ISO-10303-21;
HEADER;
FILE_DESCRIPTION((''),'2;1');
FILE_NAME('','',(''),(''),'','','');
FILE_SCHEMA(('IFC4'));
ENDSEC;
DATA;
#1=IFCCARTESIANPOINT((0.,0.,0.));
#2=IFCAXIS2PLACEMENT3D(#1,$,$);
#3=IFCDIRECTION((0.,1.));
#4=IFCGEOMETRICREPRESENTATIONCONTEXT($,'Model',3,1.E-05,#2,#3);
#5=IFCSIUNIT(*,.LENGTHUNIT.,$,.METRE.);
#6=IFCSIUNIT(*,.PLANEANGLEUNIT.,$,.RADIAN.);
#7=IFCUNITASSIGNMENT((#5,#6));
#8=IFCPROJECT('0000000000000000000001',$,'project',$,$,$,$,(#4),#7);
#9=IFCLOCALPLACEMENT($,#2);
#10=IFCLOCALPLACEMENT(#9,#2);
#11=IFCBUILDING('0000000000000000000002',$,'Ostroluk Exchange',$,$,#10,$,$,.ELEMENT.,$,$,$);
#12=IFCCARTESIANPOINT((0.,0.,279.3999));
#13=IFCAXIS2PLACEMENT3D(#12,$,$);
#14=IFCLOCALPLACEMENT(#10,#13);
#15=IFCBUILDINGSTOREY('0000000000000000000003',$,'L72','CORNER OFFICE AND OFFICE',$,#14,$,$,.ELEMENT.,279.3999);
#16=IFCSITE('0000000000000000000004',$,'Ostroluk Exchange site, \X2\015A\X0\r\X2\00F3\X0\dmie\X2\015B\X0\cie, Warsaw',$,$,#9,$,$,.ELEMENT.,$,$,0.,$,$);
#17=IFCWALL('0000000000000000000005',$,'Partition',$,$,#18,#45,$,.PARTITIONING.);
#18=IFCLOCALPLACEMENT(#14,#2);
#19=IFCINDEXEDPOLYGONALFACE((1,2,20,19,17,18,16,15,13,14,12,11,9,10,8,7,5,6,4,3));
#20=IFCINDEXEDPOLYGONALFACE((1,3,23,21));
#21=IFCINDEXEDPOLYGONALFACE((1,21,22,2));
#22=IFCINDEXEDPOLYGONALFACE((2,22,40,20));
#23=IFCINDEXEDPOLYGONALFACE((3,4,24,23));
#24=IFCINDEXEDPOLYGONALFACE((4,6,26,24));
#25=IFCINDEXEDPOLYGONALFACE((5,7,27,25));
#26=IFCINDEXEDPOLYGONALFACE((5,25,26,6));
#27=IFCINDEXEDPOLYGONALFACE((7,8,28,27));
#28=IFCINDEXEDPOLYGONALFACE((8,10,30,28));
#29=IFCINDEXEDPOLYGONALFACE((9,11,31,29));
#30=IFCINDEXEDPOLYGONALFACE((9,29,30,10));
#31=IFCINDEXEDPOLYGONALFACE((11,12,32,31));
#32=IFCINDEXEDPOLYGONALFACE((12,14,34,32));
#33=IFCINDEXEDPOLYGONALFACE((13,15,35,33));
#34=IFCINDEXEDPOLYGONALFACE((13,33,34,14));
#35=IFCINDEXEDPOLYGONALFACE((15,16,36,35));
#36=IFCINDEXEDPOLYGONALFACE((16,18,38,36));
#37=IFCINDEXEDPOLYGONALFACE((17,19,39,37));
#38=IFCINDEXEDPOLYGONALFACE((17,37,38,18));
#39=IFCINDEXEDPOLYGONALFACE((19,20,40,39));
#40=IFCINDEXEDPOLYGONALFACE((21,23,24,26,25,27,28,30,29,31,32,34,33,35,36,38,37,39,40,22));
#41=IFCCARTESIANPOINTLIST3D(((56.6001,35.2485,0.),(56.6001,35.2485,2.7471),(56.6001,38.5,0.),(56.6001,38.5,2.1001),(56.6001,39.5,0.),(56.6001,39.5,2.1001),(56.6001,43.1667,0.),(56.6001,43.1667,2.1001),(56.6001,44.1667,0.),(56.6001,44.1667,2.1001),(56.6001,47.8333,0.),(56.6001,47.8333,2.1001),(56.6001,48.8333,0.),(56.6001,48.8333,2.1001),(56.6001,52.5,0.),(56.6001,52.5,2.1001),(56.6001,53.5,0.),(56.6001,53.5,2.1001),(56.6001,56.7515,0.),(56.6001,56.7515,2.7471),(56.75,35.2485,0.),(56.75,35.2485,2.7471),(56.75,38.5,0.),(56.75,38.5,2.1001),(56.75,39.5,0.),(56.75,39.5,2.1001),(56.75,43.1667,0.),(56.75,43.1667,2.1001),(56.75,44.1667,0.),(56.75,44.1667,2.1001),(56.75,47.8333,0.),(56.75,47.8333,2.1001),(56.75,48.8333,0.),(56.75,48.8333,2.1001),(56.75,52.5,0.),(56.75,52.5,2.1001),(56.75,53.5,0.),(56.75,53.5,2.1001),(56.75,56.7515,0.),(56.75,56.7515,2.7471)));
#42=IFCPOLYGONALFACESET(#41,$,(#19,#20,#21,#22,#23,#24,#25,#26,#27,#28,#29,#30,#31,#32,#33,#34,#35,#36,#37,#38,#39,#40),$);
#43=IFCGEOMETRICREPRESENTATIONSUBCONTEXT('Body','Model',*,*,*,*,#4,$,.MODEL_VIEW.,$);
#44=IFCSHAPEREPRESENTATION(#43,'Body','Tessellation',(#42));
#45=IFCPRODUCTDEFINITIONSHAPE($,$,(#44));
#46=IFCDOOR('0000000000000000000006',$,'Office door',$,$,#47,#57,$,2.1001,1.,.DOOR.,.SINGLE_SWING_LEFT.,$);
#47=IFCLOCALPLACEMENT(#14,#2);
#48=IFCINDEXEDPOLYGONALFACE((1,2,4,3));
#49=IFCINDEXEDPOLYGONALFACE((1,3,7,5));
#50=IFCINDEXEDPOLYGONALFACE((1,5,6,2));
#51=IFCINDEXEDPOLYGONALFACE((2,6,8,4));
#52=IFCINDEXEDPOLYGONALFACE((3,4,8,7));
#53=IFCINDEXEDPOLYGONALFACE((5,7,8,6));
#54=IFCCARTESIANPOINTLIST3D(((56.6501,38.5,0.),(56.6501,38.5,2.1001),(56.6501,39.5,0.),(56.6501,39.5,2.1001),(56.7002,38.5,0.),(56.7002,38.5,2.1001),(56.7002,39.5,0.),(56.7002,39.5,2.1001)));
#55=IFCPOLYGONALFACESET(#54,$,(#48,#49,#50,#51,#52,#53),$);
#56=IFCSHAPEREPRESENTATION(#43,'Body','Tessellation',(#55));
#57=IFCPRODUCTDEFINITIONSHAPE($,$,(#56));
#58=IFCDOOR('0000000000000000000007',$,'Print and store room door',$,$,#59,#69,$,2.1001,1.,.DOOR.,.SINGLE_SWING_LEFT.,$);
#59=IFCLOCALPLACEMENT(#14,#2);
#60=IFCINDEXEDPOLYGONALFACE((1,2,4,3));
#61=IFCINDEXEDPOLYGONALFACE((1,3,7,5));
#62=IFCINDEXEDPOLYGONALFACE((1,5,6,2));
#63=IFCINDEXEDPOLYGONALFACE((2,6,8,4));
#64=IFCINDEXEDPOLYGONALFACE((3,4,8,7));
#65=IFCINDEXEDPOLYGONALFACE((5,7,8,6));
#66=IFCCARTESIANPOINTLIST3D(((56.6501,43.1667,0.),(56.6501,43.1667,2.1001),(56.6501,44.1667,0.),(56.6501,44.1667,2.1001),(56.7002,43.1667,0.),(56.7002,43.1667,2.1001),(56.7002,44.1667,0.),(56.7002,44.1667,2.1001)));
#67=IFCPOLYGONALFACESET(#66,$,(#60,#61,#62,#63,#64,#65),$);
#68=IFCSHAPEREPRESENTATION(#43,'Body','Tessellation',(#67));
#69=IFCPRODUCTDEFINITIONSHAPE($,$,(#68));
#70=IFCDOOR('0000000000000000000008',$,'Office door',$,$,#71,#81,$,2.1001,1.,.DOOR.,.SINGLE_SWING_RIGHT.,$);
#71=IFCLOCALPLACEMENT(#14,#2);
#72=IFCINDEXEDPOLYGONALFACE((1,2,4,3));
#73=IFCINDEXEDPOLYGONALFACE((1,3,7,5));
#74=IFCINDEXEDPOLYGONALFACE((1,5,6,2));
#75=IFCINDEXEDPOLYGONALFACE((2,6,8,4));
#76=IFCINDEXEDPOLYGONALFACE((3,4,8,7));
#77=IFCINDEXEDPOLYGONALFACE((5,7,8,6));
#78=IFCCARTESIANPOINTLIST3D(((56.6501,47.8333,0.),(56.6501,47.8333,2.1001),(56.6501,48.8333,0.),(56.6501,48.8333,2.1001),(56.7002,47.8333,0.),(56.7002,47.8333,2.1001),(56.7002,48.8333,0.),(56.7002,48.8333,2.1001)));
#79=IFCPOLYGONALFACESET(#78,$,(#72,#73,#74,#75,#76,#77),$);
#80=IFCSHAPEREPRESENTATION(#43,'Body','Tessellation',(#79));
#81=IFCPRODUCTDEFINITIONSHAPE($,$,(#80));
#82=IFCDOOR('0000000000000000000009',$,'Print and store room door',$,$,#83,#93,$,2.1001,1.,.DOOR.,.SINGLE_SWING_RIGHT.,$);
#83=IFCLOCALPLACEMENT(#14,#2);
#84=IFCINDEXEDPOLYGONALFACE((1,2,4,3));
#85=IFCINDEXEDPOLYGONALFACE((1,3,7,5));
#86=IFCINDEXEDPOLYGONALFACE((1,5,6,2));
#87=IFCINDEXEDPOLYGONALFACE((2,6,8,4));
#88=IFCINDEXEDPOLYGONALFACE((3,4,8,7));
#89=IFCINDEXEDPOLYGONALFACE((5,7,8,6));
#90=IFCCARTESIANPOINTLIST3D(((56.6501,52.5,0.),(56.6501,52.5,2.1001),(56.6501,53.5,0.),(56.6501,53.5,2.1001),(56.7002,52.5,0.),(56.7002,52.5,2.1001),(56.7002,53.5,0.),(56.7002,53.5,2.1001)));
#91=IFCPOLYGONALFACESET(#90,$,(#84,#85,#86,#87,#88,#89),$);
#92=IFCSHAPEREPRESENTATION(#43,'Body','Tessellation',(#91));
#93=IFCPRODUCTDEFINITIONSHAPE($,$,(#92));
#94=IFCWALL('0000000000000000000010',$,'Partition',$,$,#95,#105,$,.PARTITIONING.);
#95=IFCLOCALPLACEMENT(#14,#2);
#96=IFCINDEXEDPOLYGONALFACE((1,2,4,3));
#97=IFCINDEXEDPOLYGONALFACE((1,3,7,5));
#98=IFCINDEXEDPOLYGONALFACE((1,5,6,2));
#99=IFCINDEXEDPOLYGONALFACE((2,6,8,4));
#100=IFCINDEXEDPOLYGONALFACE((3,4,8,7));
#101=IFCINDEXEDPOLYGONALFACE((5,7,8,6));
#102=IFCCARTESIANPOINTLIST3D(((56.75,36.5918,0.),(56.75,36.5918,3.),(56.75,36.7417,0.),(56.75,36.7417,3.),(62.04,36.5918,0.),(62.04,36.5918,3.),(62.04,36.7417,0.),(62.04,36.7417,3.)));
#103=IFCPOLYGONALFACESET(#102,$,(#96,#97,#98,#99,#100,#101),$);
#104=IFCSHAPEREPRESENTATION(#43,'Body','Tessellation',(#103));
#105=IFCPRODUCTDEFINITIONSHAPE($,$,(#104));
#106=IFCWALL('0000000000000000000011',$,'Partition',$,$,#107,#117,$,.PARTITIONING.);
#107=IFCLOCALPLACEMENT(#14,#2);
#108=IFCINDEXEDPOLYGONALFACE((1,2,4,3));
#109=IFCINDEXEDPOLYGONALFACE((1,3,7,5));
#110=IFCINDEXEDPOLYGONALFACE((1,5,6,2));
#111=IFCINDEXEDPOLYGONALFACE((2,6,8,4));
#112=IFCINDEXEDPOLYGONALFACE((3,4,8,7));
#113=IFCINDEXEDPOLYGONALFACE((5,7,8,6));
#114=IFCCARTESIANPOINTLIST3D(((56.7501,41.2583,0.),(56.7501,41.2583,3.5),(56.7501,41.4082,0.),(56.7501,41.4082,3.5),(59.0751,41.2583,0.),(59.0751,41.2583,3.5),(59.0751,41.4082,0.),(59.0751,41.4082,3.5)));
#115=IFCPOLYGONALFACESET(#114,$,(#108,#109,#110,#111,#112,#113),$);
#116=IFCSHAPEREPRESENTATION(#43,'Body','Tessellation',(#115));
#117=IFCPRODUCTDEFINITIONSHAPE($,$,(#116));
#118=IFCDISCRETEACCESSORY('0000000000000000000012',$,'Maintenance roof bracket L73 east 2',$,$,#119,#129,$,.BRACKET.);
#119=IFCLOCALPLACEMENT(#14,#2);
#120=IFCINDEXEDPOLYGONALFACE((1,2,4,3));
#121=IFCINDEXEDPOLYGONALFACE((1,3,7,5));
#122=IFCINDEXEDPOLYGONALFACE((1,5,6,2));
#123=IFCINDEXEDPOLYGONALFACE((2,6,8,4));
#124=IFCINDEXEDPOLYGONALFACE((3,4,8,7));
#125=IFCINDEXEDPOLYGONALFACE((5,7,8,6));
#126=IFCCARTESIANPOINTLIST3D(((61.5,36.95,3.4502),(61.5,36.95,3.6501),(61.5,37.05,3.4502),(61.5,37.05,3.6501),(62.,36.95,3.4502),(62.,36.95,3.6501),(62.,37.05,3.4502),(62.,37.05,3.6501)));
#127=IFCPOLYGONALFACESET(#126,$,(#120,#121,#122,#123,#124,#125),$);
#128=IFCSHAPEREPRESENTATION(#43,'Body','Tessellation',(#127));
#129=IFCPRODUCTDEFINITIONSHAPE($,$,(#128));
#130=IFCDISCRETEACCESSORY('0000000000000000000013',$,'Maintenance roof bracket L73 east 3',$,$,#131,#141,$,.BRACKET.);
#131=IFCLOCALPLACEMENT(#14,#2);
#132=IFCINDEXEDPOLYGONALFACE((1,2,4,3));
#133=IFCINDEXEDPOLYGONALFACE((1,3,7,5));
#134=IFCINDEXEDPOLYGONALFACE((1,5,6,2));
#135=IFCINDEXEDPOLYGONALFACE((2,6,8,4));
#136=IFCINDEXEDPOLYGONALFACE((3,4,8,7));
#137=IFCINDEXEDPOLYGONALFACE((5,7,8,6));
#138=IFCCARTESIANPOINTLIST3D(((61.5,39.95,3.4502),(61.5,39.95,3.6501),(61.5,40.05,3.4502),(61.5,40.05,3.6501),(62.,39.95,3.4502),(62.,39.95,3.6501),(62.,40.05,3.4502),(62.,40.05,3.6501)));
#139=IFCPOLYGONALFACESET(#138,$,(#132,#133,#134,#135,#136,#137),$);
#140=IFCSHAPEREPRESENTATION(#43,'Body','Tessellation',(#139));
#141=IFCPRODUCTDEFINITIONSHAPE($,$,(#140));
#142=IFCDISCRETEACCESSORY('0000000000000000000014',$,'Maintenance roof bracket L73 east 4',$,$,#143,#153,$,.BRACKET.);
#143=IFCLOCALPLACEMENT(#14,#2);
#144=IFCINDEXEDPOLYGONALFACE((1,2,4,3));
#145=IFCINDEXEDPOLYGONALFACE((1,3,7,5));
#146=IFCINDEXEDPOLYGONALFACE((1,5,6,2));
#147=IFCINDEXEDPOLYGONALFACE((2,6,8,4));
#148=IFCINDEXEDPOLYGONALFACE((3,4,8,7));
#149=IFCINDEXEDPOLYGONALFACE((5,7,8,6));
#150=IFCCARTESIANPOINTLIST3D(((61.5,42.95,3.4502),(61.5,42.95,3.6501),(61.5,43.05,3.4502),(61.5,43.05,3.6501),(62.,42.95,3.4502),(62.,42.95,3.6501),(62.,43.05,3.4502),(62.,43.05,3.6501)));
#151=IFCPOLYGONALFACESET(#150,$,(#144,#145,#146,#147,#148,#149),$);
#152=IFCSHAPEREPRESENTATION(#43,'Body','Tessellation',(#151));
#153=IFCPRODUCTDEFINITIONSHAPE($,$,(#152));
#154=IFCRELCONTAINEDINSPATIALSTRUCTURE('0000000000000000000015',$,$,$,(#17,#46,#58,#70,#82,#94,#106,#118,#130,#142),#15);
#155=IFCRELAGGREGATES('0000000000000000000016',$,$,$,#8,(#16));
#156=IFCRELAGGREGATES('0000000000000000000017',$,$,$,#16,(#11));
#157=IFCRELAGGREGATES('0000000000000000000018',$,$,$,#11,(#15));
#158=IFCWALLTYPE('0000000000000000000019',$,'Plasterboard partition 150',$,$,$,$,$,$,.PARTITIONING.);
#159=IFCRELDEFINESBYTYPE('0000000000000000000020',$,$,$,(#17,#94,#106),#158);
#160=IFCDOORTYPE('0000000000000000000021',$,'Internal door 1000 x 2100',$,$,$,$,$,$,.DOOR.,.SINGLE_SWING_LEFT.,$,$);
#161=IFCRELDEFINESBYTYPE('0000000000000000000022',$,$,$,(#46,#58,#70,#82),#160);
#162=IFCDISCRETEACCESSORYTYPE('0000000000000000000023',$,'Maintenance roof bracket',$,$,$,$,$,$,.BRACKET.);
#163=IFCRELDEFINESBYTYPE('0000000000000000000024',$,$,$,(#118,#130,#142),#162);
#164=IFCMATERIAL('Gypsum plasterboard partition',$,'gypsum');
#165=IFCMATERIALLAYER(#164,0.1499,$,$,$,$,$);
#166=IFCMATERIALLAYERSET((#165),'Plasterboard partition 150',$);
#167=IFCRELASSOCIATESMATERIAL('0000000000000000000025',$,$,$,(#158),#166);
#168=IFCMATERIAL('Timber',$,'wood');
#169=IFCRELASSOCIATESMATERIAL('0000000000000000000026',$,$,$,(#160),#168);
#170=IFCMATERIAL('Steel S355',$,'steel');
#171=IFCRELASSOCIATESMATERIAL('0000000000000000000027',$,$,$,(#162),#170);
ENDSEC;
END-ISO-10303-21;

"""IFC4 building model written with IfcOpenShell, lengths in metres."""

from ifc_helpers import new_model, si_unit, direction, frame, frame_2d, origin, origin_2d, place, context, subcontext, project, spatial, rectangle, extrude, material, layer, layer_set, type_object, element, fill, save


model = new_model("IFC4")

# Units and contexts
model_context = context("Model", 3, precision=1e-05, world=origin(), true_north=direction((0.0, 1.0)))
body_context = subcontext(model_context, "Body", "Model", "MODEL_VIEW")
ifc_project = project(units=[si_unit("LENGTHUNIT", "METRE"), si_unit("PLANEANGLEUNIT", "RADIAN")], contexts=[model_context])

# Site, building, storey
site_placement = place(None, origin())
site = spatial("IfcSite", under=ifc_project, at=site_placement, Name="Ostroluk Exchange site, Śródmieście, Warsaw", CompositionType="ELEMENT", RefElevation=0.0)
building_placement = place(site_placement, origin())
building = spatial("IfcBuilding", under=site, at=building_placement, Name="Ostroluk Exchange", CompositionType="ELEMENT")
storey_placement = place(building_placement, frame((0.0, 0.0, 279.3999)))
storey = spatial("IfcBuildingStorey", under=building, at=storey_placement, Name="L72", Description="CORNER OFFICE AND OFFICE", CompositionType="ELEMENT", Elevation=279.3999)

# Shared definitions
ifc_material_1 = material(Name="Gypsum plasterboard partition", Category="gypsum")
ifc_layer_1 = layer(ifc_material_1, 0.1499)
ifc_layer_set_1 = layer_set([ifc_layer_1], Name="Plasterboard partition 150")
wall_type = type_object("IfcWallType", Name="Plasterboard partition 150", PredefinedType="PARTITIONING", material=ifc_layer_set_1)

# Wall, openings, doors
wall_1_placement = place(storey_placement, frame((56.675, 35.2485, 0.0), z_axis=(0.0, 0.0, 1.0), x_axis=(0.0, 1.0, 0.0)))
wall_1 = element("IfcWall", 1, at=wall_1_placement, inside=storey, type_object=wall_type, Name="Partition", PredefinedType="PARTITIONING", context=body_context, shape_type="SweptSolid", body=[
    extrude(rectangle(XDim=21.5029, YDim=0.1499, at=frame_2d((10.7515, 0.0))), origin(), (0.0, 0.0, 1.0), 2.7471),
])
opening_1_placement = place(wall_1_placement, frame((3.2515, 0.0, 0.0)))
opening_1 = element("IfcOpeningElement", 2, at=opening_1_placement, cuts=wall_1, PredefinedType="OPENING", context=body_context, shape_type="SweptSolid", body=[
    extrude(rectangle(XDim=1.0, YDim=2.1001, at=frame_2d((0.5, 1.05))), frame((0.0, 0.085, 0.0), z_axis=(0.0, -1.0, 0.0), x_axis=(1.0, 0.0, 0.0)), (0.0, 0.0, 1.0), 0.1699),
])
opening_2_placement = place(wall_1_placement, frame((7.9182, 0.0, 0.0)))
opening_2 = element("IfcOpeningElement", 3, at=opening_2_placement, cuts=wall_1, PredefinedType="OPENING", context=body_context, shape_type="SweptSolid", body=[
    extrude(rectangle(XDim=1.0, YDim=2.1001, at=frame_2d((0.5, 1.05))), frame((0.0, 0.085, 0.0), z_axis=(0.0, -1.0, 0.0), x_axis=(1.0, 0.0, 0.0)), (0.0, 0.0, 1.0), 0.1699),
])
opening_3_placement = place(wall_1_placement, frame((12.5847, 0.0, 0.0)))
opening_3 = element("IfcOpeningElement", 4, at=opening_3_placement, cuts=wall_1, PredefinedType="OPENING", context=body_context, shape_type="SweptSolid", body=[
    extrude(rectangle(XDim=1.0, YDim=2.1001, at=frame_2d((0.5, 1.05))), frame((0.0, 0.085, 0.0), z_axis=(0.0, -1.0, 0.0), x_axis=(1.0, 0.0, 0.0)), (0.0, 0.0, 1.0), 0.1699),
])
opening_4_placement = place(wall_1_placement, frame((17.2515, 0.0, 0.0)))
opening_4 = element("IfcOpeningElement", 5, at=opening_4_placement, cuts=wall_1, PredefinedType="OPENING", context=body_context, shape_type="SweptSolid", body=[
    extrude(rectangle(XDim=1.0, YDim=2.1001, at=frame_2d((0.5, 1.05))), frame((0.0, 0.085, 0.0), z_axis=(0.0, -1.0, 0.0), x_axis=(1.0, 0.0, 0.0)), (0.0, 0.0, 1.0), 0.1699),
])
ifc_material_2 = material(Name="Timber", Category="wood")
door_type = type_object("IfcDoorType", Name="Internal door 1000 x 2100", OperationType="SINGLE_SWING_LEFT", PredefinedType="DOOR", material=ifc_material_2)
door_1_placement = place(opening_1_placement, origin())
door_1 = element("IfcDoor", 6, at=door_1_placement, inside=storey, type_object=door_type, Name="Office door", OperationType="SINGLE_SWING_LEFT", OverallHeight=2.1001, OverallWidth=1.0, PredefinedType="DOOR", context=body_context, shape_type="SweptSolid", body=[
    extrude(rectangle(XDim=1.0, YDim=2.1001, at=frame_2d((0.5, 1.05))), frame((0.0, 0.0249, 0.0), z_axis=(0.0, -1.0, 0.0), x_axis=(1.0, 0.0, 0.0)), (0.0, 0.0, 1.0), 0.05),
])
fill(opening_1, door_1)
door_2_placement = place(opening_2_placement, origin())
door_2 = element("IfcDoor", 7, at=door_2_placement, inside=storey, type_object=door_type, Name="Print and store room door", OperationType="SINGLE_SWING_LEFT", OverallHeight=2.1001, OverallWidth=1.0, PredefinedType="DOOR", context=body_context, shape_type="SweptSolid", body=[
    extrude(rectangle(XDim=1.0, YDim=2.1001, at=frame_2d((0.5, 1.05))), frame((0.0, 0.0249, 0.0), z_axis=(0.0, -1.0, 0.0), x_axis=(1.0, 0.0, 0.0)), (0.0, 0.0, 1.0), 0.05),
])
fill(opening_2, door_2)
door_3_placement = place(opening_3_placement, origin())
door_3 = element("IfcDoor", 8, at=door_3_placement, inside=storey, type_object=door_type, Name="Office door", OperationType="SINGLE_SWING_RIGHT", OverallHeight=2.1001, OverallWidth=1.0, PredefinedType="DOOR", context=body_context, shape_type="SweptSolid", body=[
    extrude(rectangle(XDim=1.0, YDim=2.1001, at=frame_2d((0.5, 1.05))), frame((0.0, 0.0249, 0.0), z_axis=(0.0, -1.0, 0.0), x_axis=(1.0, 0.0, 0.0)), (0.0, 0.0, 1.0), 0.05),
])
fill(opening_3, door_3)
door_4_placement = place(opening_4_placement, origin())
door_4 = element("IfcDoor", 9, at=door_4_placement, inside=storey, type_object=door_type, Name="Print and store room door", OperationType="SINGLE_SWING_RIGHT", OverallHeight=2.1001, OverallWidth=1.0, PredefinedType="DOOR", context=body_context, shape_type="SweptSolid", body=[
    extrude(rectangle(XDim=1.0, YDim=2.1001, at=frame_2d((0.5, 1.05))), frame((0.0, 0.0249, 0.0), z_axis=(0.0, -1.0, 0.0), x_axis=(1.0, 0.0, 0.0)), (0.0, 0.0, 1.0), 0.05),
])
fill(opening_4, door_4)

# Walls
wall_2_placement = place(storey_placement, frame((56.75, 36.6667, 0.0), z_axis=(0.0, 0.0, 1.0), x_axis=(1.0, 0.0, 0.0)))
element("IfcWall", 10, at=wall_2_placement, inside=storey, type_object=wall_type, Name="Partition", PredefinedType="PARTITIONING", context=body_context, shape_type="SweptSolid", body=[
    extrude(rectangle(XDim=5.29, YDim=0.1499, at=frame_2d((2.645, 0.0))), origin(), (0.0, 0.0, 1.0), 3.0),
])
wall_3_placement = place(storey_placement, frame((56.75, 41.3333, 0.0), z_axis=(0.0, 0.0, 1.0), x_axis=(1.0, 0.0, 0.0)))
element("IfcWall", 11, at=wall_3_placement, inside=storey, type_object=wall_type, Name="Partition", PredefinedType="PARTITIONING", context=body_context, shape_type="SweptSolid", body=[
    extrude(rectangle(XDim=2.325, YDim=0.1499, at=frame_2d((1.1626, 0.0))), origin(), (0.0, 0.0, 1.0), 3.5),
])

# Discrete accessories
ifc_material_3 = material(Name="Steel S355", Category="steel")
discrete_accessory_type = type_object("IfcDiscreteAccessoryType", Name="Maintenance roof bracket", PredefinedType="BRACKET", material=ifc_material_3)
for number, where, z_axis, x_axis, name in (
    (12, (61.75, 37.0, 3.4502), (0.0, 0.0, 1.0), (1.0, 0.0, 0.0), "Maintenance roof bracket L73 east 2"),
    (13, (61.75, 40.0, 3.4502), (0.0, 0.0, 1.0), (1.0, 0.0, 0.0), "Maintenance roof bracket L73 east 3"),
    (14, (61.75, 43.0, 3.4502), (0.0, 0.0, 1.0), (1.0, 0.0, 0.0), "Maintenance roof bracket L73 east 4"),
):
    element("IfcDiscreteAccessory", number, at=place(storey_placement, frame(where, z_axis=z_axis, x_axis=x_axis)), inside=storey, type_object=discrete_accessory_type, Name=name, PredefinedType="BRACKET", context=body_context, shape_type="SweptSolid", body=[
        extrude(rectangle(XDim=0.5, YDim=0.1001, at=origin_2d()), origin(), (0.0, 0.0, 1.0), 0.2),
    ])

save(model, "model.ifc")
